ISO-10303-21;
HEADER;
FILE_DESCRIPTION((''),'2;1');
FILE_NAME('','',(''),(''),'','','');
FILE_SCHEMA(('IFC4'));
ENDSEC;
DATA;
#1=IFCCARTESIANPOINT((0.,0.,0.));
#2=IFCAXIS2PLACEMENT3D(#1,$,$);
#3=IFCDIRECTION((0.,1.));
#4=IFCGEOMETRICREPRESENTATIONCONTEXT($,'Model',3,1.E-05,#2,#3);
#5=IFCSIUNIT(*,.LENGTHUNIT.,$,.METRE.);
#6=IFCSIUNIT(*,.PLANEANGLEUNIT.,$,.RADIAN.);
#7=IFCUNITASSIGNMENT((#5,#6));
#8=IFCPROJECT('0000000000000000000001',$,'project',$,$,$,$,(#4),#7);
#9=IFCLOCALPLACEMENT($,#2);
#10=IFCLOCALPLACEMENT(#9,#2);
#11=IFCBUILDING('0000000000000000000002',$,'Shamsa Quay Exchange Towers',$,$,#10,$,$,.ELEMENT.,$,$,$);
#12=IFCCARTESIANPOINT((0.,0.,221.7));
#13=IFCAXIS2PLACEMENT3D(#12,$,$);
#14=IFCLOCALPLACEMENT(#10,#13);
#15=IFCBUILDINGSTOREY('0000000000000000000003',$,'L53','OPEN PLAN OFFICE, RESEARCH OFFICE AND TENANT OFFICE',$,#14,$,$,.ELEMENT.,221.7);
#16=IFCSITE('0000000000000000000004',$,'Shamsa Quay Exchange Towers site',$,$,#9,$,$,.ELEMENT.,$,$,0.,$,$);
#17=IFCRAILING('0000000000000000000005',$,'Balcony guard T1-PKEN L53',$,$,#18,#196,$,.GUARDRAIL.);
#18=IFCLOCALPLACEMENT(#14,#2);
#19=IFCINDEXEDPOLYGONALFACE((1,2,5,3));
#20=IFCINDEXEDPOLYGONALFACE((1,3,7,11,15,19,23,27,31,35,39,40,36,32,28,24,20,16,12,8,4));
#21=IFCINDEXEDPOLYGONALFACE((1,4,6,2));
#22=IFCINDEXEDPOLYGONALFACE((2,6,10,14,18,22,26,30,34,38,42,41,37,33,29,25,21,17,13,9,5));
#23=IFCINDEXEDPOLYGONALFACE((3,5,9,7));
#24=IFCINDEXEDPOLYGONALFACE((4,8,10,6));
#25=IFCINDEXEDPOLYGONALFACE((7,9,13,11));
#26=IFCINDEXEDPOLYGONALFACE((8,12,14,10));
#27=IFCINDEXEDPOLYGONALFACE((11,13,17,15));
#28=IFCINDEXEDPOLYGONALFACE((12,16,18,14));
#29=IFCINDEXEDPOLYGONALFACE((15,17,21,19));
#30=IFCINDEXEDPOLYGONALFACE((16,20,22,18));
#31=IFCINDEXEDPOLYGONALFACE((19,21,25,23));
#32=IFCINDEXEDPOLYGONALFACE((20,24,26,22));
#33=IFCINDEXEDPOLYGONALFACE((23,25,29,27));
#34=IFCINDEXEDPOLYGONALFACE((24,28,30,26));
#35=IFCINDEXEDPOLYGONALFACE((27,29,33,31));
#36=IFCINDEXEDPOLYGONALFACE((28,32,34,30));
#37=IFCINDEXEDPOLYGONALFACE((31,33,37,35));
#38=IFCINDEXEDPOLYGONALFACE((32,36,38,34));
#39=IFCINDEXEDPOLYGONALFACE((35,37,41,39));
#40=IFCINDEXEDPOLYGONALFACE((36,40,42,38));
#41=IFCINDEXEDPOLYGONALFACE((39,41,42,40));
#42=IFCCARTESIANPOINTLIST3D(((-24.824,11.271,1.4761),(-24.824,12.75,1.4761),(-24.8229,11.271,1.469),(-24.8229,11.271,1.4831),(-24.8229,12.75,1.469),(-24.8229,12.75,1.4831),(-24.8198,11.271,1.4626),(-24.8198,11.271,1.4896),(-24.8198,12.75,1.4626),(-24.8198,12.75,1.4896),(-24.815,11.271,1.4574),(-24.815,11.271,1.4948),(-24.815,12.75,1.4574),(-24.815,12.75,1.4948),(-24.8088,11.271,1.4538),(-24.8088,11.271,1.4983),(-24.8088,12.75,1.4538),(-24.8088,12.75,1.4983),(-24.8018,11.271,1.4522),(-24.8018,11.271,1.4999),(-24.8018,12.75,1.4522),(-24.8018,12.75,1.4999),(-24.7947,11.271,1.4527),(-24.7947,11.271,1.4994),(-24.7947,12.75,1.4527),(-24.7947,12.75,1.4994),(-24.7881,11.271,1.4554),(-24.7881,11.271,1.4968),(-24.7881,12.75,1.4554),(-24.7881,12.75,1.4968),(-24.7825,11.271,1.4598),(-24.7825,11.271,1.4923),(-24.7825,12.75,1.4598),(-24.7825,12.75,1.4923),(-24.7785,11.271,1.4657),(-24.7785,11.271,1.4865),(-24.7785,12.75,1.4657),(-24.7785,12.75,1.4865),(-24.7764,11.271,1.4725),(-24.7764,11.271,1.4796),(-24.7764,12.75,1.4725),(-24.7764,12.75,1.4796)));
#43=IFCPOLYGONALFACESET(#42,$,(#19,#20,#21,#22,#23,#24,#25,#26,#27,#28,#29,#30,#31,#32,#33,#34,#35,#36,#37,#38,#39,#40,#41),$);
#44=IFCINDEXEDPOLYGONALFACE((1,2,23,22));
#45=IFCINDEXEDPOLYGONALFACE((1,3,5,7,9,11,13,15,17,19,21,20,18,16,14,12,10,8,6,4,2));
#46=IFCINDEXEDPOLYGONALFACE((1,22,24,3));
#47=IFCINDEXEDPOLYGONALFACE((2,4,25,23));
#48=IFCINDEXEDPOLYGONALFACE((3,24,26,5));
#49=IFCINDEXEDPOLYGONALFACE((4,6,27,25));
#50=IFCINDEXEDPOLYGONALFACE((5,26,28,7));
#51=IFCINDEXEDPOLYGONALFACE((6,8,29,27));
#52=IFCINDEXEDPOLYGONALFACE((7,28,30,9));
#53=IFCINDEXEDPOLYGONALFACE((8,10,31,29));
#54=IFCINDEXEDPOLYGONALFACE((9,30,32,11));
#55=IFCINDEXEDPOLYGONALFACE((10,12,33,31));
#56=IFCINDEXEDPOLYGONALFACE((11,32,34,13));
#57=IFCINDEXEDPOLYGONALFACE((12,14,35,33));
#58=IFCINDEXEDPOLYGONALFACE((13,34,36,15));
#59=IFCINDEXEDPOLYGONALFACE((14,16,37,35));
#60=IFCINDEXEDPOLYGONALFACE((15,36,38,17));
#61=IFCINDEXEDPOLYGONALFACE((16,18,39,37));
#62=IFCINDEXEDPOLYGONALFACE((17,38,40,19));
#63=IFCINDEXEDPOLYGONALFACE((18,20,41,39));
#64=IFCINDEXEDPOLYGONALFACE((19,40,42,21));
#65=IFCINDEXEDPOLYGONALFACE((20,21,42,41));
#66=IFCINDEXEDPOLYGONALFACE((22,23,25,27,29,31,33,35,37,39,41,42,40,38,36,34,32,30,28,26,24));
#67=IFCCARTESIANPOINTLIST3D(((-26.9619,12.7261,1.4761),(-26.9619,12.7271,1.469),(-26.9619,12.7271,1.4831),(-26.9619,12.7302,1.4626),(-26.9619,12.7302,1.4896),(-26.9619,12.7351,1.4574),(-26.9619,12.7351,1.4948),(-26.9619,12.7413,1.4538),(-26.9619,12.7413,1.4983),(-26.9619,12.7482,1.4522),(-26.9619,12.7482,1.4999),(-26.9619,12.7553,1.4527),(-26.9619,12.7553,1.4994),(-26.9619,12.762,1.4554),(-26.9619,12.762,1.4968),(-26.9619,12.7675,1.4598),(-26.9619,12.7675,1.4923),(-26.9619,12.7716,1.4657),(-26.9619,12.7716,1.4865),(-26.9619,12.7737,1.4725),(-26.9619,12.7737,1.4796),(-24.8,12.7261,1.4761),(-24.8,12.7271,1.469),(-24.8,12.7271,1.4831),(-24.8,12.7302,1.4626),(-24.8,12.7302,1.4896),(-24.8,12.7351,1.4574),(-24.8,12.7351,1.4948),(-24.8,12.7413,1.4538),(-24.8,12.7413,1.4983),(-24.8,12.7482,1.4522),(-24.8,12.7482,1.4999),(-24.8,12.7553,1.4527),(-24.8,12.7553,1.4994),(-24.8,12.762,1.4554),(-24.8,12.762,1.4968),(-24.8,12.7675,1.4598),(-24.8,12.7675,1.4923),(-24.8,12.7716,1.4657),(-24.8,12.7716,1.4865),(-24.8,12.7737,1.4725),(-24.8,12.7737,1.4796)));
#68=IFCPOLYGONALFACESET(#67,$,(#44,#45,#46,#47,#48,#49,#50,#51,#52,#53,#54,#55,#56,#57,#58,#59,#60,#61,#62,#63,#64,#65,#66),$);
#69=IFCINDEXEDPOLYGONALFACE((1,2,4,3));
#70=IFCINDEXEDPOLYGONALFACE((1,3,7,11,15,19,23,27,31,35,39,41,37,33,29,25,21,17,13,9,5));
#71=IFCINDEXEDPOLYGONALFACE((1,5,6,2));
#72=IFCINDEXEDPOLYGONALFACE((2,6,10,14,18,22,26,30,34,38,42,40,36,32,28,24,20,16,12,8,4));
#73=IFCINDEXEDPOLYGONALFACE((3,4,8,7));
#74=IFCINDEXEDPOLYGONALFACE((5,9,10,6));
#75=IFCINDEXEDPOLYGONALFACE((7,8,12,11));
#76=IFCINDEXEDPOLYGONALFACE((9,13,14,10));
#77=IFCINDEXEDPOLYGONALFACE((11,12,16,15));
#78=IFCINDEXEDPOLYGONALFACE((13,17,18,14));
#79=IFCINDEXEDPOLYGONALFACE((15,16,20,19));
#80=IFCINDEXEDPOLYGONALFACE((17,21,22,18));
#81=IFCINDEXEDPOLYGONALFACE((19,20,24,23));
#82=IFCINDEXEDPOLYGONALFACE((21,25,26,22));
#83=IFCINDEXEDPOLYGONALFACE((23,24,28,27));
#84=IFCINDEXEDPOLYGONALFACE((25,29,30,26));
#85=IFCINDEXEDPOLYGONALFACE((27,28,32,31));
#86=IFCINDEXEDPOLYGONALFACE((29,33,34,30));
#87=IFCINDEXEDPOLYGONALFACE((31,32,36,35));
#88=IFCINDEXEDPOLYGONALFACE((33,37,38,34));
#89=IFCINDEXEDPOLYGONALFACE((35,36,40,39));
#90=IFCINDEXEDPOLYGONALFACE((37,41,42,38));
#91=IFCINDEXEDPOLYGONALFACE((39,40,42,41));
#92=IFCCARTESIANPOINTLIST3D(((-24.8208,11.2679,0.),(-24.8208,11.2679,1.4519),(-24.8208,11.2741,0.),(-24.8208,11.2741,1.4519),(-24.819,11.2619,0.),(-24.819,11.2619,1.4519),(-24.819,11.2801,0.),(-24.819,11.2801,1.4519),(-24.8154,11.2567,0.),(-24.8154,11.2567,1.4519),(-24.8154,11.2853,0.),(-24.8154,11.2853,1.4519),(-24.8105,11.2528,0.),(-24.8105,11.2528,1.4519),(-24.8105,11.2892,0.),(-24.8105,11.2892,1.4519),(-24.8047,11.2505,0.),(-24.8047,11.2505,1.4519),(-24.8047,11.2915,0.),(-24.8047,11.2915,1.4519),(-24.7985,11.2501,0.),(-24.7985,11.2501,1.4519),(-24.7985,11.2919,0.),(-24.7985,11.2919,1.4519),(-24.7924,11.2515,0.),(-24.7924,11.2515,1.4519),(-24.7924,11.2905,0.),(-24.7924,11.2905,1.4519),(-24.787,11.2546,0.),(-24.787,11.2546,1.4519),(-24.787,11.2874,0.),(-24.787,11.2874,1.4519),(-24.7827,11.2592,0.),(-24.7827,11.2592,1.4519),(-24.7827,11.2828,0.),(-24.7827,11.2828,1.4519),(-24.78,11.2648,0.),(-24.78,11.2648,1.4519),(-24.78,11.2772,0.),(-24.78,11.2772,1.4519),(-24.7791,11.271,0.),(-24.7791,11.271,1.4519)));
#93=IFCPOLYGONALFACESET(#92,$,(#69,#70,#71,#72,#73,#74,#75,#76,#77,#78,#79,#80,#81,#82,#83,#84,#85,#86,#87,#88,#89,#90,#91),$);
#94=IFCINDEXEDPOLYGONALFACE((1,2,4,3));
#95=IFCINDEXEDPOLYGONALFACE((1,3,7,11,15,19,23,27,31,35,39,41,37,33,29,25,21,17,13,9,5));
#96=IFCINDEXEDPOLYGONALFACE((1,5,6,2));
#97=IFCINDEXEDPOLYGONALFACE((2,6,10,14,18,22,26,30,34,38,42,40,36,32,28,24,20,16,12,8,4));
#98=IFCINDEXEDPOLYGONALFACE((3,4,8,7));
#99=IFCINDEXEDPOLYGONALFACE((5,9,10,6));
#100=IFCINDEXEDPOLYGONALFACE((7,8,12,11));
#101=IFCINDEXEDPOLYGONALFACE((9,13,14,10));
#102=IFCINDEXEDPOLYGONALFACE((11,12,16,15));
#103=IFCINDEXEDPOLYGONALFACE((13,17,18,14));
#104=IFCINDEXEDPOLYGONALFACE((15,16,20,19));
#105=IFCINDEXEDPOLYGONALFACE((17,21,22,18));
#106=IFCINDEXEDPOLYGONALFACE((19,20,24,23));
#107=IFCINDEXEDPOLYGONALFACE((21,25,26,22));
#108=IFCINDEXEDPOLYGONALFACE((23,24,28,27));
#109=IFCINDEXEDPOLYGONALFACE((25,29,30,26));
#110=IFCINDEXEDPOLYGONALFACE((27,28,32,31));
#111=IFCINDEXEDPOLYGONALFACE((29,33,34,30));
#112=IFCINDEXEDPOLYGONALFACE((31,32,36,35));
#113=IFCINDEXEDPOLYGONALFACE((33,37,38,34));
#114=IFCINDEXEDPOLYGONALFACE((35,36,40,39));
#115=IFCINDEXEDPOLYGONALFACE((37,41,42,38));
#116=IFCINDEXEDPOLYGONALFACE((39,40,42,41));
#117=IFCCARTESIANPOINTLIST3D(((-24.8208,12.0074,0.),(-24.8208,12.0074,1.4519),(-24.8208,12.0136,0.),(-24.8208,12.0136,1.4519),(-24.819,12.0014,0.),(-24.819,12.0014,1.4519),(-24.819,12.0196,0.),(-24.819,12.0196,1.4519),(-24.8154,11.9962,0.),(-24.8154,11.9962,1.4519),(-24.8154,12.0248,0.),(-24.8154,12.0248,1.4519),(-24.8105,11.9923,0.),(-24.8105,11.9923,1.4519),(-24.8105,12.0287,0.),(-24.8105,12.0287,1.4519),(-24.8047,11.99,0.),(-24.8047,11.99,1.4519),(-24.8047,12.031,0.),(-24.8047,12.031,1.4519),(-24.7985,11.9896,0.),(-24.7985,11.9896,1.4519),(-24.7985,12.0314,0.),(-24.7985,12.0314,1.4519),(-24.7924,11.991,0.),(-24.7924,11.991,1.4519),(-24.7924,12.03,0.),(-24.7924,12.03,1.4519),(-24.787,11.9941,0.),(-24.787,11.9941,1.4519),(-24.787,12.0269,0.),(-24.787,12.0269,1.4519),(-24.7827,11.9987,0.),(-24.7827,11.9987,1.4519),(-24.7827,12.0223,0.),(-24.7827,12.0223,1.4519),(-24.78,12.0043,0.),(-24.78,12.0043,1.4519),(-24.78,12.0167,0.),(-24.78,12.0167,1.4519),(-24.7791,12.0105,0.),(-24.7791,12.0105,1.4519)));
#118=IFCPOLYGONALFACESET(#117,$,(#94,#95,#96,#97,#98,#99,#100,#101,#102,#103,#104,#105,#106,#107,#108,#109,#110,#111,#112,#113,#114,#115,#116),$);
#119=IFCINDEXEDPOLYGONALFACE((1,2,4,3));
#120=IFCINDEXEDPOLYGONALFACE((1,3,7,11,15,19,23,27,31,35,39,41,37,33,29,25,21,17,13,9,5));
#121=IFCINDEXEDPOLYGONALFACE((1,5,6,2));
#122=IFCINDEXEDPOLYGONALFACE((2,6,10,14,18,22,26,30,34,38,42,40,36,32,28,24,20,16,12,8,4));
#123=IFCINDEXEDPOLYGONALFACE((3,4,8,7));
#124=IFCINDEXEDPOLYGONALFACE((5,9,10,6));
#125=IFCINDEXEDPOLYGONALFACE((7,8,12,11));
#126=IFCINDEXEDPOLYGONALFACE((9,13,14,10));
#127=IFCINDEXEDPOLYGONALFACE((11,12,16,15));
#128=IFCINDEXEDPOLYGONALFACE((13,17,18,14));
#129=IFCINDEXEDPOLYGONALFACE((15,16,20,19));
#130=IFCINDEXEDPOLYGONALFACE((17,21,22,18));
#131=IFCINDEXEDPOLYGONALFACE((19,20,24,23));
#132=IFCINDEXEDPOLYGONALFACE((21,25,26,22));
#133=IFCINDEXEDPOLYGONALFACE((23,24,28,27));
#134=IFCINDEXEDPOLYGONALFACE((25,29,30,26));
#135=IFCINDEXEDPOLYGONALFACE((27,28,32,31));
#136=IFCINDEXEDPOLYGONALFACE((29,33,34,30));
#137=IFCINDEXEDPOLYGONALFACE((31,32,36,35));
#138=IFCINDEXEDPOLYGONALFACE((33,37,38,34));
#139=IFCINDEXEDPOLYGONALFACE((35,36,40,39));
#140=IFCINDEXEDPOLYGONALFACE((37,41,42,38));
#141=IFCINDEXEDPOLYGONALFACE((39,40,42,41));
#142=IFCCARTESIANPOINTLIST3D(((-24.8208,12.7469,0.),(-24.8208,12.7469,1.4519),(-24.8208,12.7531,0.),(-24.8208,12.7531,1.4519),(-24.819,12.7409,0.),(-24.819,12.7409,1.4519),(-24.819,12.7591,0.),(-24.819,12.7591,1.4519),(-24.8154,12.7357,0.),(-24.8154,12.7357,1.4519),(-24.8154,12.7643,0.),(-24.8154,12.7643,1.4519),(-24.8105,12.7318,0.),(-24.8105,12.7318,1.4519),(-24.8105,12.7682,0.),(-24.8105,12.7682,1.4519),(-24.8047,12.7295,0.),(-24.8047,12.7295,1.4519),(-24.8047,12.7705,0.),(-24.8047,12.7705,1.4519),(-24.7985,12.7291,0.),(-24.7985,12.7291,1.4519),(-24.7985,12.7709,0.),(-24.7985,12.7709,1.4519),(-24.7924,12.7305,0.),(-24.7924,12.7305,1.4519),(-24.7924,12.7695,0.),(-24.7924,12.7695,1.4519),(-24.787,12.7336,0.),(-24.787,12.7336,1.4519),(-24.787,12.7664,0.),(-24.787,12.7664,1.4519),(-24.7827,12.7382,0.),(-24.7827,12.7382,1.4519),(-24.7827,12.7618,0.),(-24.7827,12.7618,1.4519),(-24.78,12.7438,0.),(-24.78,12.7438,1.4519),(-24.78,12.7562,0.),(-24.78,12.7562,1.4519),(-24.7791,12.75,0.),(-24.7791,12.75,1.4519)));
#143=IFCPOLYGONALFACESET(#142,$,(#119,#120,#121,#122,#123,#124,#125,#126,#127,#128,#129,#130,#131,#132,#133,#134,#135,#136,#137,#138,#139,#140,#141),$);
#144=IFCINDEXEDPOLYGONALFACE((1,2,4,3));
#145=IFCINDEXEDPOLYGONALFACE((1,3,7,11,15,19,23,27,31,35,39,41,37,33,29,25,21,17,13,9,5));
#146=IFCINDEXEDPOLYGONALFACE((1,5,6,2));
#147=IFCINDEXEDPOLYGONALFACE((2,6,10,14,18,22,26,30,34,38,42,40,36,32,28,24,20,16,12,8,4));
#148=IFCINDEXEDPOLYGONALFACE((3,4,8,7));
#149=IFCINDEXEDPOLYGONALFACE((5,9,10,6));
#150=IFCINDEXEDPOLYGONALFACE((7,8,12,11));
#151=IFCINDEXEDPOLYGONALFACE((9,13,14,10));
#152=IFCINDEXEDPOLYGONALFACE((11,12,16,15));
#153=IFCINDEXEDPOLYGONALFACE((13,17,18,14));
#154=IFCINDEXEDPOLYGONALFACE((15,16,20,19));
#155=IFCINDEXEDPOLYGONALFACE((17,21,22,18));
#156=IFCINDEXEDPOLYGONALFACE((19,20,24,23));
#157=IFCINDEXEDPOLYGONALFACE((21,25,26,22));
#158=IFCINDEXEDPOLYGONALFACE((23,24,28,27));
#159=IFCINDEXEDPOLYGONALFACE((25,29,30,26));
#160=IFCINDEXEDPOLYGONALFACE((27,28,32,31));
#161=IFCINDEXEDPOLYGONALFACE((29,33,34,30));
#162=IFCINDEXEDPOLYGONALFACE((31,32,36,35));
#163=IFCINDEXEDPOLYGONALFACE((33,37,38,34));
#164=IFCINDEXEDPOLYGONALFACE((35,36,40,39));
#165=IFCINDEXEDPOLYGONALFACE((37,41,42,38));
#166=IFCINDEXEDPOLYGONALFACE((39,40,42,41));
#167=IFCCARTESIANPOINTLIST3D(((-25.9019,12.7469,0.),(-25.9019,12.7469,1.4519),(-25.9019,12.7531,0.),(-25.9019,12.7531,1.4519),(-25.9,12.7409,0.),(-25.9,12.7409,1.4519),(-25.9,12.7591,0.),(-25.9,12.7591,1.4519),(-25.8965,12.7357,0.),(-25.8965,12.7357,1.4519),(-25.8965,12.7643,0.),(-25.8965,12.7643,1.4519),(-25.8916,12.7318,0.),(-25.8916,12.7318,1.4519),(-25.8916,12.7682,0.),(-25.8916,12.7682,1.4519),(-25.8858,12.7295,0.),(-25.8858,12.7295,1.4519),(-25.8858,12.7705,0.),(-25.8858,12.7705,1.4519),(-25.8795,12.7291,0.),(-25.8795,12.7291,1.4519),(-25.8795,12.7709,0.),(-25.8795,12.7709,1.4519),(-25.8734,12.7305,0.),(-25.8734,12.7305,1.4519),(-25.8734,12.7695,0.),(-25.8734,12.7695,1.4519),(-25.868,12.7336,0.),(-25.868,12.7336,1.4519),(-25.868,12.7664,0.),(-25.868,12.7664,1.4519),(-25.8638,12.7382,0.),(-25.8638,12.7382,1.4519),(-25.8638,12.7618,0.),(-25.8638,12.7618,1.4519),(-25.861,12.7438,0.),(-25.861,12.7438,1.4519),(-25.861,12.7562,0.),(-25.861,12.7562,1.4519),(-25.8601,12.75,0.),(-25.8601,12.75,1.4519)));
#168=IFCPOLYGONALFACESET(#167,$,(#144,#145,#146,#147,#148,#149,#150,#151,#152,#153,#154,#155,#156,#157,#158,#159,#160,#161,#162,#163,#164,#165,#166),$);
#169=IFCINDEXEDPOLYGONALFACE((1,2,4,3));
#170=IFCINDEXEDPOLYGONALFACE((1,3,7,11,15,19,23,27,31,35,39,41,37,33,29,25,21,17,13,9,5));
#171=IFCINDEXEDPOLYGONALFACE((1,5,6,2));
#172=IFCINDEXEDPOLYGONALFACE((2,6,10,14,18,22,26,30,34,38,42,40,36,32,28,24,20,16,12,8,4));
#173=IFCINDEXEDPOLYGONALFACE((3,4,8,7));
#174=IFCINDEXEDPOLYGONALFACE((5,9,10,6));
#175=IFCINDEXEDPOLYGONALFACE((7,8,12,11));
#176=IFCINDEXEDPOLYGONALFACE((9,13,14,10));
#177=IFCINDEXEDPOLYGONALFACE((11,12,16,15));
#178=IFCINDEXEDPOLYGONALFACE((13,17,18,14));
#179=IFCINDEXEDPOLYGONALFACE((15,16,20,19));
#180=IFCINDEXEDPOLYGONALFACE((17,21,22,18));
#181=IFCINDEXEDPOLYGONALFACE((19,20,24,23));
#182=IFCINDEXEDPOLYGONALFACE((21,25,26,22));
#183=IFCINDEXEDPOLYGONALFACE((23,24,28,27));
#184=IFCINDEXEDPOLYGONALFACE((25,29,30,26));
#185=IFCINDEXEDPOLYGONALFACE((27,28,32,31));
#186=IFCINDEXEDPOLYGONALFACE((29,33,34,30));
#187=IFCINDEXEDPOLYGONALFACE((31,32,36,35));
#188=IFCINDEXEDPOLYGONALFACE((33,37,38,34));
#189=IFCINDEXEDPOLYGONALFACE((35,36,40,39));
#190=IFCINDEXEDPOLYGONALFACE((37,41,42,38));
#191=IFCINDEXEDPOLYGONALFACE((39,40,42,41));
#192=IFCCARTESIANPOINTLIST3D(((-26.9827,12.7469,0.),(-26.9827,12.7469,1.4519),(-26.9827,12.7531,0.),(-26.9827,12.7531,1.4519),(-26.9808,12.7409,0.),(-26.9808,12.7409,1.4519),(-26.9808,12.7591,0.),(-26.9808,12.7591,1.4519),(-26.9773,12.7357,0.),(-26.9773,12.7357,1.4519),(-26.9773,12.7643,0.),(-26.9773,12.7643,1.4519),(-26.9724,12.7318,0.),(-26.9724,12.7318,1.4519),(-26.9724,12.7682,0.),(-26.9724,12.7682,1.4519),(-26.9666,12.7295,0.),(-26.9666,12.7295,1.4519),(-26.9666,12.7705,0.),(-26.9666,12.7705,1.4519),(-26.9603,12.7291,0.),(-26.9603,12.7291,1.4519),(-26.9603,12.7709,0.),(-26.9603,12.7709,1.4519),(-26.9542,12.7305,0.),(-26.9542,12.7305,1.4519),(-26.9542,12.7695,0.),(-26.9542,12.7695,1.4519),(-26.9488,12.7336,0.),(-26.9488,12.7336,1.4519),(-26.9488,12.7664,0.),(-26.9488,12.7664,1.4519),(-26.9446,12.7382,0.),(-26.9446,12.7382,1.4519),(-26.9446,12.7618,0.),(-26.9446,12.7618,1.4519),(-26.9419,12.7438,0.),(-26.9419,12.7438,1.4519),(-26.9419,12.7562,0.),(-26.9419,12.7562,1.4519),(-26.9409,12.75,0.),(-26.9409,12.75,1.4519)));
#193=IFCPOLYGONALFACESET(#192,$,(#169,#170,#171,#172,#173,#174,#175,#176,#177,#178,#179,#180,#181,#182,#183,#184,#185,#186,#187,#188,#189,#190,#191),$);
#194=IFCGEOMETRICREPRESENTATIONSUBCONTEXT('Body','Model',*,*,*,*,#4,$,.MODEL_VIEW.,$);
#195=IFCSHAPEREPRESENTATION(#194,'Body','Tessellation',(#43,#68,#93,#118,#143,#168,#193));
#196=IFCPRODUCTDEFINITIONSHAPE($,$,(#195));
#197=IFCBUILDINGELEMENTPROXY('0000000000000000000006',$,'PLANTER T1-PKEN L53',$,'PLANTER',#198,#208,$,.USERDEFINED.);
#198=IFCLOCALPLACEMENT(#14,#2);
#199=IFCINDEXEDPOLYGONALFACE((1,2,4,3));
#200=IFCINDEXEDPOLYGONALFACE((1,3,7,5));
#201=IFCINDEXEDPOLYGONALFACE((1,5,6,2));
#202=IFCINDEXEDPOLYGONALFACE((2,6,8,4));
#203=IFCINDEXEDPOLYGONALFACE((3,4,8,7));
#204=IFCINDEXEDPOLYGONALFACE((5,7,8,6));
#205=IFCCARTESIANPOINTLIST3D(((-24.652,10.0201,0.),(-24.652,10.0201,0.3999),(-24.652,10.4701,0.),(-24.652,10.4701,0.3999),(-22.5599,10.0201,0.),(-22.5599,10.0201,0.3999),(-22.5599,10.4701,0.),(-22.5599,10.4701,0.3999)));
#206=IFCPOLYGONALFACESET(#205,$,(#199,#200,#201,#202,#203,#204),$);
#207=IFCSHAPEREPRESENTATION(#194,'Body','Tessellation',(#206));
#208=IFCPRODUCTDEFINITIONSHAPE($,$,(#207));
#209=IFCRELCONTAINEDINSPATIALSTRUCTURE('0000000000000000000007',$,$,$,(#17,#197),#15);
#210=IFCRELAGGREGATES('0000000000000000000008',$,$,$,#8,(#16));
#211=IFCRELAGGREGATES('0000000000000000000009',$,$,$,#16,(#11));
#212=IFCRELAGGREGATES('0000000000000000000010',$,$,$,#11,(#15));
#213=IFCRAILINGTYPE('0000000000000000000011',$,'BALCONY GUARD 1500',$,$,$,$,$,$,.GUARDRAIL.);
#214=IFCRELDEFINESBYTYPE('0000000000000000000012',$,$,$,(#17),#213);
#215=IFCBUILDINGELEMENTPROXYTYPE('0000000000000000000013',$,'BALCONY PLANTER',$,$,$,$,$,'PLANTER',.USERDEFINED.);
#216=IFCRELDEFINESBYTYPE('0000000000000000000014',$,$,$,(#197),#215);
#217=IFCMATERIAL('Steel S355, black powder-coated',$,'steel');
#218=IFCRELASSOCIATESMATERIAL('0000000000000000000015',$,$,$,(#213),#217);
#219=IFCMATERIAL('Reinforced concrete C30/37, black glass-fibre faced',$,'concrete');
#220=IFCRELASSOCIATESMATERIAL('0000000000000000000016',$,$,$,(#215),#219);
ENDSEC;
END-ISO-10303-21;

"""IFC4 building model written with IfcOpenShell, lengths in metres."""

from ifc_helpers import new_model, si_unit, direction, frame, origin, origin_2d, place, context, subcontext, project, spatial, rectangle, circle, extrude, material, type_object, element, save


model = new_model("IFC4")

# Units and contexts
model_context = context("Model", 3, precision=1e-05, world=origin(), true_north=direction((0.0, 1.0)))
body_context = subcontext(model_context, "Body", "Model", "MODEL_VIEW")
ifc_project = project(units=[si_unit("LENGTHUNIT", "METRE"), si_unit("PLANEANGLEUNIT", "RADIAN")], contexts=[model_context])

# Site, building, storey
site_placement = place(None, origin())
site = spatial("IfcSite", under=ifc_project, at=site_placement, Name="Shamsa Quay Exchange Towers site", CompositionType="ELEMENT", RefElevation=0.0)
building_placement = place(site_placement, origin())
building = spatial("IfcBuilding", under=site, at=building_placement, Name="Shamsa Quay Exchange Towers", CompositionType="ELEMENT")
storey_placement = place(building_placement, frame((0.0, 0.0, 221.7)))
storey = spatial("IfcBuildingStorey", under=building, at=storey_placement, Name="L53", Description="OPEN PLAN OFFICE, RESEARCH OFFICE AND TENANT OFFICE", CompositionType="ELEMENT", Elevation=221.7)

# Railing
ifc_material_1 = material(Name="Steel S355, black powder-coated", Category="steel")
railing_type_1 = type_object("IfcRailingType", Name="BALCONY GUARD 1500", PredefinedType="GUARDRAIL", material=ifc_material_1)
for number, where, name in (
    (1, (-24.8, 11.271, 0.0), "Balcony guard T1-PKEN L53"),
):
    element("IfcRailing", number, at=place(storey_placement, frame(where)), inside=storey, type_object=railing_type_1, Name=name, PredefinedType="GUARDRAIL", context=body_context, shape_type="SweptSolid", body=[
        extrude(circle(Radius=0.0239, at=origin_2d()), frame((0.0, 0.0, 1.4761), z_axis=(0.0, 1.0, 0.0), x_axis=(-1.0, 0.0, 0.0)), (0.0, 0.0, 1.0), 1.479),
        extrude(circle(Radius=0.0239, at=origin_2d()), frame((0.0, 1.479, 1.4761), z_axis=(-1.0, 0.0, 0.0), x_axis=(0.0, -1.0, 0.0)), (0.0, 0.0, 1.0), 2.1619),
        extrude(circle(Radius=0.021, at=origin_2d()), origin(), (0.0, 0.0, 1.0), 1.4519),
        extrude(circle(Radius=0.021, at=origin_2d()), frame((0.0, 0.7395, 0.0)), (0.0, 0.0, 1.0), 1.4519),
        extrude(circle(Radius=0.021, at=origin_2d()), frame((0.0, 1.479, 0.0)), (0.0, 0.0, 1.0), 1.4519),
        extrude(circle(Radius=0.021, at=origin_2d()), frame((-1.0811, 1.479, 0.0)), (0.0, 0.0, 1.0), 1.4519),
        extrude(circle(Radius=0.021, at=origin_2d()), frame((-2.1619, 1.479, 0.0)), (0.0, 0.0, 1.0), 1.4519),
    ])

# Building element proxy
ifc_material_2 = material(Name="Reinforced concrete C30/37, black glass-fibre faced", Category="concrete")
building_element_proxy_type = type_object("IfcBuildingElementProxyType", Name="BALCONY PLANTER", ElementType="PLANTER", PredefinedType="USERDEFINED", material=ifc_material_2)
for number, where, z_axis, x_axis, name in (
    (2, (-23.606, 10.2451, 0.0), (0.0, 0.0, 1.0), (-1.0, 0.0, 0.0), "PLANTER T1-PKEN L53"),
):
    element("IfcBuildingElementProxy", number, at=place(storey_placement, frame(where, z_axis=z_axis, x_axis=x_axis)), inside=storey, type_object=building_element_proxy_type, Name=name, ObjectType="PLANTER", PredefinedType="USERDEFINED", context=body_context, shape_type="SweptSolid", body=[
        extrude(rectangle(XDim=2.092, YDim=0.45, at=origin_2d()), origin(), (0.0, 0.0, 1.0), 0.3999),
    ])

save(model, "model.ifc")
